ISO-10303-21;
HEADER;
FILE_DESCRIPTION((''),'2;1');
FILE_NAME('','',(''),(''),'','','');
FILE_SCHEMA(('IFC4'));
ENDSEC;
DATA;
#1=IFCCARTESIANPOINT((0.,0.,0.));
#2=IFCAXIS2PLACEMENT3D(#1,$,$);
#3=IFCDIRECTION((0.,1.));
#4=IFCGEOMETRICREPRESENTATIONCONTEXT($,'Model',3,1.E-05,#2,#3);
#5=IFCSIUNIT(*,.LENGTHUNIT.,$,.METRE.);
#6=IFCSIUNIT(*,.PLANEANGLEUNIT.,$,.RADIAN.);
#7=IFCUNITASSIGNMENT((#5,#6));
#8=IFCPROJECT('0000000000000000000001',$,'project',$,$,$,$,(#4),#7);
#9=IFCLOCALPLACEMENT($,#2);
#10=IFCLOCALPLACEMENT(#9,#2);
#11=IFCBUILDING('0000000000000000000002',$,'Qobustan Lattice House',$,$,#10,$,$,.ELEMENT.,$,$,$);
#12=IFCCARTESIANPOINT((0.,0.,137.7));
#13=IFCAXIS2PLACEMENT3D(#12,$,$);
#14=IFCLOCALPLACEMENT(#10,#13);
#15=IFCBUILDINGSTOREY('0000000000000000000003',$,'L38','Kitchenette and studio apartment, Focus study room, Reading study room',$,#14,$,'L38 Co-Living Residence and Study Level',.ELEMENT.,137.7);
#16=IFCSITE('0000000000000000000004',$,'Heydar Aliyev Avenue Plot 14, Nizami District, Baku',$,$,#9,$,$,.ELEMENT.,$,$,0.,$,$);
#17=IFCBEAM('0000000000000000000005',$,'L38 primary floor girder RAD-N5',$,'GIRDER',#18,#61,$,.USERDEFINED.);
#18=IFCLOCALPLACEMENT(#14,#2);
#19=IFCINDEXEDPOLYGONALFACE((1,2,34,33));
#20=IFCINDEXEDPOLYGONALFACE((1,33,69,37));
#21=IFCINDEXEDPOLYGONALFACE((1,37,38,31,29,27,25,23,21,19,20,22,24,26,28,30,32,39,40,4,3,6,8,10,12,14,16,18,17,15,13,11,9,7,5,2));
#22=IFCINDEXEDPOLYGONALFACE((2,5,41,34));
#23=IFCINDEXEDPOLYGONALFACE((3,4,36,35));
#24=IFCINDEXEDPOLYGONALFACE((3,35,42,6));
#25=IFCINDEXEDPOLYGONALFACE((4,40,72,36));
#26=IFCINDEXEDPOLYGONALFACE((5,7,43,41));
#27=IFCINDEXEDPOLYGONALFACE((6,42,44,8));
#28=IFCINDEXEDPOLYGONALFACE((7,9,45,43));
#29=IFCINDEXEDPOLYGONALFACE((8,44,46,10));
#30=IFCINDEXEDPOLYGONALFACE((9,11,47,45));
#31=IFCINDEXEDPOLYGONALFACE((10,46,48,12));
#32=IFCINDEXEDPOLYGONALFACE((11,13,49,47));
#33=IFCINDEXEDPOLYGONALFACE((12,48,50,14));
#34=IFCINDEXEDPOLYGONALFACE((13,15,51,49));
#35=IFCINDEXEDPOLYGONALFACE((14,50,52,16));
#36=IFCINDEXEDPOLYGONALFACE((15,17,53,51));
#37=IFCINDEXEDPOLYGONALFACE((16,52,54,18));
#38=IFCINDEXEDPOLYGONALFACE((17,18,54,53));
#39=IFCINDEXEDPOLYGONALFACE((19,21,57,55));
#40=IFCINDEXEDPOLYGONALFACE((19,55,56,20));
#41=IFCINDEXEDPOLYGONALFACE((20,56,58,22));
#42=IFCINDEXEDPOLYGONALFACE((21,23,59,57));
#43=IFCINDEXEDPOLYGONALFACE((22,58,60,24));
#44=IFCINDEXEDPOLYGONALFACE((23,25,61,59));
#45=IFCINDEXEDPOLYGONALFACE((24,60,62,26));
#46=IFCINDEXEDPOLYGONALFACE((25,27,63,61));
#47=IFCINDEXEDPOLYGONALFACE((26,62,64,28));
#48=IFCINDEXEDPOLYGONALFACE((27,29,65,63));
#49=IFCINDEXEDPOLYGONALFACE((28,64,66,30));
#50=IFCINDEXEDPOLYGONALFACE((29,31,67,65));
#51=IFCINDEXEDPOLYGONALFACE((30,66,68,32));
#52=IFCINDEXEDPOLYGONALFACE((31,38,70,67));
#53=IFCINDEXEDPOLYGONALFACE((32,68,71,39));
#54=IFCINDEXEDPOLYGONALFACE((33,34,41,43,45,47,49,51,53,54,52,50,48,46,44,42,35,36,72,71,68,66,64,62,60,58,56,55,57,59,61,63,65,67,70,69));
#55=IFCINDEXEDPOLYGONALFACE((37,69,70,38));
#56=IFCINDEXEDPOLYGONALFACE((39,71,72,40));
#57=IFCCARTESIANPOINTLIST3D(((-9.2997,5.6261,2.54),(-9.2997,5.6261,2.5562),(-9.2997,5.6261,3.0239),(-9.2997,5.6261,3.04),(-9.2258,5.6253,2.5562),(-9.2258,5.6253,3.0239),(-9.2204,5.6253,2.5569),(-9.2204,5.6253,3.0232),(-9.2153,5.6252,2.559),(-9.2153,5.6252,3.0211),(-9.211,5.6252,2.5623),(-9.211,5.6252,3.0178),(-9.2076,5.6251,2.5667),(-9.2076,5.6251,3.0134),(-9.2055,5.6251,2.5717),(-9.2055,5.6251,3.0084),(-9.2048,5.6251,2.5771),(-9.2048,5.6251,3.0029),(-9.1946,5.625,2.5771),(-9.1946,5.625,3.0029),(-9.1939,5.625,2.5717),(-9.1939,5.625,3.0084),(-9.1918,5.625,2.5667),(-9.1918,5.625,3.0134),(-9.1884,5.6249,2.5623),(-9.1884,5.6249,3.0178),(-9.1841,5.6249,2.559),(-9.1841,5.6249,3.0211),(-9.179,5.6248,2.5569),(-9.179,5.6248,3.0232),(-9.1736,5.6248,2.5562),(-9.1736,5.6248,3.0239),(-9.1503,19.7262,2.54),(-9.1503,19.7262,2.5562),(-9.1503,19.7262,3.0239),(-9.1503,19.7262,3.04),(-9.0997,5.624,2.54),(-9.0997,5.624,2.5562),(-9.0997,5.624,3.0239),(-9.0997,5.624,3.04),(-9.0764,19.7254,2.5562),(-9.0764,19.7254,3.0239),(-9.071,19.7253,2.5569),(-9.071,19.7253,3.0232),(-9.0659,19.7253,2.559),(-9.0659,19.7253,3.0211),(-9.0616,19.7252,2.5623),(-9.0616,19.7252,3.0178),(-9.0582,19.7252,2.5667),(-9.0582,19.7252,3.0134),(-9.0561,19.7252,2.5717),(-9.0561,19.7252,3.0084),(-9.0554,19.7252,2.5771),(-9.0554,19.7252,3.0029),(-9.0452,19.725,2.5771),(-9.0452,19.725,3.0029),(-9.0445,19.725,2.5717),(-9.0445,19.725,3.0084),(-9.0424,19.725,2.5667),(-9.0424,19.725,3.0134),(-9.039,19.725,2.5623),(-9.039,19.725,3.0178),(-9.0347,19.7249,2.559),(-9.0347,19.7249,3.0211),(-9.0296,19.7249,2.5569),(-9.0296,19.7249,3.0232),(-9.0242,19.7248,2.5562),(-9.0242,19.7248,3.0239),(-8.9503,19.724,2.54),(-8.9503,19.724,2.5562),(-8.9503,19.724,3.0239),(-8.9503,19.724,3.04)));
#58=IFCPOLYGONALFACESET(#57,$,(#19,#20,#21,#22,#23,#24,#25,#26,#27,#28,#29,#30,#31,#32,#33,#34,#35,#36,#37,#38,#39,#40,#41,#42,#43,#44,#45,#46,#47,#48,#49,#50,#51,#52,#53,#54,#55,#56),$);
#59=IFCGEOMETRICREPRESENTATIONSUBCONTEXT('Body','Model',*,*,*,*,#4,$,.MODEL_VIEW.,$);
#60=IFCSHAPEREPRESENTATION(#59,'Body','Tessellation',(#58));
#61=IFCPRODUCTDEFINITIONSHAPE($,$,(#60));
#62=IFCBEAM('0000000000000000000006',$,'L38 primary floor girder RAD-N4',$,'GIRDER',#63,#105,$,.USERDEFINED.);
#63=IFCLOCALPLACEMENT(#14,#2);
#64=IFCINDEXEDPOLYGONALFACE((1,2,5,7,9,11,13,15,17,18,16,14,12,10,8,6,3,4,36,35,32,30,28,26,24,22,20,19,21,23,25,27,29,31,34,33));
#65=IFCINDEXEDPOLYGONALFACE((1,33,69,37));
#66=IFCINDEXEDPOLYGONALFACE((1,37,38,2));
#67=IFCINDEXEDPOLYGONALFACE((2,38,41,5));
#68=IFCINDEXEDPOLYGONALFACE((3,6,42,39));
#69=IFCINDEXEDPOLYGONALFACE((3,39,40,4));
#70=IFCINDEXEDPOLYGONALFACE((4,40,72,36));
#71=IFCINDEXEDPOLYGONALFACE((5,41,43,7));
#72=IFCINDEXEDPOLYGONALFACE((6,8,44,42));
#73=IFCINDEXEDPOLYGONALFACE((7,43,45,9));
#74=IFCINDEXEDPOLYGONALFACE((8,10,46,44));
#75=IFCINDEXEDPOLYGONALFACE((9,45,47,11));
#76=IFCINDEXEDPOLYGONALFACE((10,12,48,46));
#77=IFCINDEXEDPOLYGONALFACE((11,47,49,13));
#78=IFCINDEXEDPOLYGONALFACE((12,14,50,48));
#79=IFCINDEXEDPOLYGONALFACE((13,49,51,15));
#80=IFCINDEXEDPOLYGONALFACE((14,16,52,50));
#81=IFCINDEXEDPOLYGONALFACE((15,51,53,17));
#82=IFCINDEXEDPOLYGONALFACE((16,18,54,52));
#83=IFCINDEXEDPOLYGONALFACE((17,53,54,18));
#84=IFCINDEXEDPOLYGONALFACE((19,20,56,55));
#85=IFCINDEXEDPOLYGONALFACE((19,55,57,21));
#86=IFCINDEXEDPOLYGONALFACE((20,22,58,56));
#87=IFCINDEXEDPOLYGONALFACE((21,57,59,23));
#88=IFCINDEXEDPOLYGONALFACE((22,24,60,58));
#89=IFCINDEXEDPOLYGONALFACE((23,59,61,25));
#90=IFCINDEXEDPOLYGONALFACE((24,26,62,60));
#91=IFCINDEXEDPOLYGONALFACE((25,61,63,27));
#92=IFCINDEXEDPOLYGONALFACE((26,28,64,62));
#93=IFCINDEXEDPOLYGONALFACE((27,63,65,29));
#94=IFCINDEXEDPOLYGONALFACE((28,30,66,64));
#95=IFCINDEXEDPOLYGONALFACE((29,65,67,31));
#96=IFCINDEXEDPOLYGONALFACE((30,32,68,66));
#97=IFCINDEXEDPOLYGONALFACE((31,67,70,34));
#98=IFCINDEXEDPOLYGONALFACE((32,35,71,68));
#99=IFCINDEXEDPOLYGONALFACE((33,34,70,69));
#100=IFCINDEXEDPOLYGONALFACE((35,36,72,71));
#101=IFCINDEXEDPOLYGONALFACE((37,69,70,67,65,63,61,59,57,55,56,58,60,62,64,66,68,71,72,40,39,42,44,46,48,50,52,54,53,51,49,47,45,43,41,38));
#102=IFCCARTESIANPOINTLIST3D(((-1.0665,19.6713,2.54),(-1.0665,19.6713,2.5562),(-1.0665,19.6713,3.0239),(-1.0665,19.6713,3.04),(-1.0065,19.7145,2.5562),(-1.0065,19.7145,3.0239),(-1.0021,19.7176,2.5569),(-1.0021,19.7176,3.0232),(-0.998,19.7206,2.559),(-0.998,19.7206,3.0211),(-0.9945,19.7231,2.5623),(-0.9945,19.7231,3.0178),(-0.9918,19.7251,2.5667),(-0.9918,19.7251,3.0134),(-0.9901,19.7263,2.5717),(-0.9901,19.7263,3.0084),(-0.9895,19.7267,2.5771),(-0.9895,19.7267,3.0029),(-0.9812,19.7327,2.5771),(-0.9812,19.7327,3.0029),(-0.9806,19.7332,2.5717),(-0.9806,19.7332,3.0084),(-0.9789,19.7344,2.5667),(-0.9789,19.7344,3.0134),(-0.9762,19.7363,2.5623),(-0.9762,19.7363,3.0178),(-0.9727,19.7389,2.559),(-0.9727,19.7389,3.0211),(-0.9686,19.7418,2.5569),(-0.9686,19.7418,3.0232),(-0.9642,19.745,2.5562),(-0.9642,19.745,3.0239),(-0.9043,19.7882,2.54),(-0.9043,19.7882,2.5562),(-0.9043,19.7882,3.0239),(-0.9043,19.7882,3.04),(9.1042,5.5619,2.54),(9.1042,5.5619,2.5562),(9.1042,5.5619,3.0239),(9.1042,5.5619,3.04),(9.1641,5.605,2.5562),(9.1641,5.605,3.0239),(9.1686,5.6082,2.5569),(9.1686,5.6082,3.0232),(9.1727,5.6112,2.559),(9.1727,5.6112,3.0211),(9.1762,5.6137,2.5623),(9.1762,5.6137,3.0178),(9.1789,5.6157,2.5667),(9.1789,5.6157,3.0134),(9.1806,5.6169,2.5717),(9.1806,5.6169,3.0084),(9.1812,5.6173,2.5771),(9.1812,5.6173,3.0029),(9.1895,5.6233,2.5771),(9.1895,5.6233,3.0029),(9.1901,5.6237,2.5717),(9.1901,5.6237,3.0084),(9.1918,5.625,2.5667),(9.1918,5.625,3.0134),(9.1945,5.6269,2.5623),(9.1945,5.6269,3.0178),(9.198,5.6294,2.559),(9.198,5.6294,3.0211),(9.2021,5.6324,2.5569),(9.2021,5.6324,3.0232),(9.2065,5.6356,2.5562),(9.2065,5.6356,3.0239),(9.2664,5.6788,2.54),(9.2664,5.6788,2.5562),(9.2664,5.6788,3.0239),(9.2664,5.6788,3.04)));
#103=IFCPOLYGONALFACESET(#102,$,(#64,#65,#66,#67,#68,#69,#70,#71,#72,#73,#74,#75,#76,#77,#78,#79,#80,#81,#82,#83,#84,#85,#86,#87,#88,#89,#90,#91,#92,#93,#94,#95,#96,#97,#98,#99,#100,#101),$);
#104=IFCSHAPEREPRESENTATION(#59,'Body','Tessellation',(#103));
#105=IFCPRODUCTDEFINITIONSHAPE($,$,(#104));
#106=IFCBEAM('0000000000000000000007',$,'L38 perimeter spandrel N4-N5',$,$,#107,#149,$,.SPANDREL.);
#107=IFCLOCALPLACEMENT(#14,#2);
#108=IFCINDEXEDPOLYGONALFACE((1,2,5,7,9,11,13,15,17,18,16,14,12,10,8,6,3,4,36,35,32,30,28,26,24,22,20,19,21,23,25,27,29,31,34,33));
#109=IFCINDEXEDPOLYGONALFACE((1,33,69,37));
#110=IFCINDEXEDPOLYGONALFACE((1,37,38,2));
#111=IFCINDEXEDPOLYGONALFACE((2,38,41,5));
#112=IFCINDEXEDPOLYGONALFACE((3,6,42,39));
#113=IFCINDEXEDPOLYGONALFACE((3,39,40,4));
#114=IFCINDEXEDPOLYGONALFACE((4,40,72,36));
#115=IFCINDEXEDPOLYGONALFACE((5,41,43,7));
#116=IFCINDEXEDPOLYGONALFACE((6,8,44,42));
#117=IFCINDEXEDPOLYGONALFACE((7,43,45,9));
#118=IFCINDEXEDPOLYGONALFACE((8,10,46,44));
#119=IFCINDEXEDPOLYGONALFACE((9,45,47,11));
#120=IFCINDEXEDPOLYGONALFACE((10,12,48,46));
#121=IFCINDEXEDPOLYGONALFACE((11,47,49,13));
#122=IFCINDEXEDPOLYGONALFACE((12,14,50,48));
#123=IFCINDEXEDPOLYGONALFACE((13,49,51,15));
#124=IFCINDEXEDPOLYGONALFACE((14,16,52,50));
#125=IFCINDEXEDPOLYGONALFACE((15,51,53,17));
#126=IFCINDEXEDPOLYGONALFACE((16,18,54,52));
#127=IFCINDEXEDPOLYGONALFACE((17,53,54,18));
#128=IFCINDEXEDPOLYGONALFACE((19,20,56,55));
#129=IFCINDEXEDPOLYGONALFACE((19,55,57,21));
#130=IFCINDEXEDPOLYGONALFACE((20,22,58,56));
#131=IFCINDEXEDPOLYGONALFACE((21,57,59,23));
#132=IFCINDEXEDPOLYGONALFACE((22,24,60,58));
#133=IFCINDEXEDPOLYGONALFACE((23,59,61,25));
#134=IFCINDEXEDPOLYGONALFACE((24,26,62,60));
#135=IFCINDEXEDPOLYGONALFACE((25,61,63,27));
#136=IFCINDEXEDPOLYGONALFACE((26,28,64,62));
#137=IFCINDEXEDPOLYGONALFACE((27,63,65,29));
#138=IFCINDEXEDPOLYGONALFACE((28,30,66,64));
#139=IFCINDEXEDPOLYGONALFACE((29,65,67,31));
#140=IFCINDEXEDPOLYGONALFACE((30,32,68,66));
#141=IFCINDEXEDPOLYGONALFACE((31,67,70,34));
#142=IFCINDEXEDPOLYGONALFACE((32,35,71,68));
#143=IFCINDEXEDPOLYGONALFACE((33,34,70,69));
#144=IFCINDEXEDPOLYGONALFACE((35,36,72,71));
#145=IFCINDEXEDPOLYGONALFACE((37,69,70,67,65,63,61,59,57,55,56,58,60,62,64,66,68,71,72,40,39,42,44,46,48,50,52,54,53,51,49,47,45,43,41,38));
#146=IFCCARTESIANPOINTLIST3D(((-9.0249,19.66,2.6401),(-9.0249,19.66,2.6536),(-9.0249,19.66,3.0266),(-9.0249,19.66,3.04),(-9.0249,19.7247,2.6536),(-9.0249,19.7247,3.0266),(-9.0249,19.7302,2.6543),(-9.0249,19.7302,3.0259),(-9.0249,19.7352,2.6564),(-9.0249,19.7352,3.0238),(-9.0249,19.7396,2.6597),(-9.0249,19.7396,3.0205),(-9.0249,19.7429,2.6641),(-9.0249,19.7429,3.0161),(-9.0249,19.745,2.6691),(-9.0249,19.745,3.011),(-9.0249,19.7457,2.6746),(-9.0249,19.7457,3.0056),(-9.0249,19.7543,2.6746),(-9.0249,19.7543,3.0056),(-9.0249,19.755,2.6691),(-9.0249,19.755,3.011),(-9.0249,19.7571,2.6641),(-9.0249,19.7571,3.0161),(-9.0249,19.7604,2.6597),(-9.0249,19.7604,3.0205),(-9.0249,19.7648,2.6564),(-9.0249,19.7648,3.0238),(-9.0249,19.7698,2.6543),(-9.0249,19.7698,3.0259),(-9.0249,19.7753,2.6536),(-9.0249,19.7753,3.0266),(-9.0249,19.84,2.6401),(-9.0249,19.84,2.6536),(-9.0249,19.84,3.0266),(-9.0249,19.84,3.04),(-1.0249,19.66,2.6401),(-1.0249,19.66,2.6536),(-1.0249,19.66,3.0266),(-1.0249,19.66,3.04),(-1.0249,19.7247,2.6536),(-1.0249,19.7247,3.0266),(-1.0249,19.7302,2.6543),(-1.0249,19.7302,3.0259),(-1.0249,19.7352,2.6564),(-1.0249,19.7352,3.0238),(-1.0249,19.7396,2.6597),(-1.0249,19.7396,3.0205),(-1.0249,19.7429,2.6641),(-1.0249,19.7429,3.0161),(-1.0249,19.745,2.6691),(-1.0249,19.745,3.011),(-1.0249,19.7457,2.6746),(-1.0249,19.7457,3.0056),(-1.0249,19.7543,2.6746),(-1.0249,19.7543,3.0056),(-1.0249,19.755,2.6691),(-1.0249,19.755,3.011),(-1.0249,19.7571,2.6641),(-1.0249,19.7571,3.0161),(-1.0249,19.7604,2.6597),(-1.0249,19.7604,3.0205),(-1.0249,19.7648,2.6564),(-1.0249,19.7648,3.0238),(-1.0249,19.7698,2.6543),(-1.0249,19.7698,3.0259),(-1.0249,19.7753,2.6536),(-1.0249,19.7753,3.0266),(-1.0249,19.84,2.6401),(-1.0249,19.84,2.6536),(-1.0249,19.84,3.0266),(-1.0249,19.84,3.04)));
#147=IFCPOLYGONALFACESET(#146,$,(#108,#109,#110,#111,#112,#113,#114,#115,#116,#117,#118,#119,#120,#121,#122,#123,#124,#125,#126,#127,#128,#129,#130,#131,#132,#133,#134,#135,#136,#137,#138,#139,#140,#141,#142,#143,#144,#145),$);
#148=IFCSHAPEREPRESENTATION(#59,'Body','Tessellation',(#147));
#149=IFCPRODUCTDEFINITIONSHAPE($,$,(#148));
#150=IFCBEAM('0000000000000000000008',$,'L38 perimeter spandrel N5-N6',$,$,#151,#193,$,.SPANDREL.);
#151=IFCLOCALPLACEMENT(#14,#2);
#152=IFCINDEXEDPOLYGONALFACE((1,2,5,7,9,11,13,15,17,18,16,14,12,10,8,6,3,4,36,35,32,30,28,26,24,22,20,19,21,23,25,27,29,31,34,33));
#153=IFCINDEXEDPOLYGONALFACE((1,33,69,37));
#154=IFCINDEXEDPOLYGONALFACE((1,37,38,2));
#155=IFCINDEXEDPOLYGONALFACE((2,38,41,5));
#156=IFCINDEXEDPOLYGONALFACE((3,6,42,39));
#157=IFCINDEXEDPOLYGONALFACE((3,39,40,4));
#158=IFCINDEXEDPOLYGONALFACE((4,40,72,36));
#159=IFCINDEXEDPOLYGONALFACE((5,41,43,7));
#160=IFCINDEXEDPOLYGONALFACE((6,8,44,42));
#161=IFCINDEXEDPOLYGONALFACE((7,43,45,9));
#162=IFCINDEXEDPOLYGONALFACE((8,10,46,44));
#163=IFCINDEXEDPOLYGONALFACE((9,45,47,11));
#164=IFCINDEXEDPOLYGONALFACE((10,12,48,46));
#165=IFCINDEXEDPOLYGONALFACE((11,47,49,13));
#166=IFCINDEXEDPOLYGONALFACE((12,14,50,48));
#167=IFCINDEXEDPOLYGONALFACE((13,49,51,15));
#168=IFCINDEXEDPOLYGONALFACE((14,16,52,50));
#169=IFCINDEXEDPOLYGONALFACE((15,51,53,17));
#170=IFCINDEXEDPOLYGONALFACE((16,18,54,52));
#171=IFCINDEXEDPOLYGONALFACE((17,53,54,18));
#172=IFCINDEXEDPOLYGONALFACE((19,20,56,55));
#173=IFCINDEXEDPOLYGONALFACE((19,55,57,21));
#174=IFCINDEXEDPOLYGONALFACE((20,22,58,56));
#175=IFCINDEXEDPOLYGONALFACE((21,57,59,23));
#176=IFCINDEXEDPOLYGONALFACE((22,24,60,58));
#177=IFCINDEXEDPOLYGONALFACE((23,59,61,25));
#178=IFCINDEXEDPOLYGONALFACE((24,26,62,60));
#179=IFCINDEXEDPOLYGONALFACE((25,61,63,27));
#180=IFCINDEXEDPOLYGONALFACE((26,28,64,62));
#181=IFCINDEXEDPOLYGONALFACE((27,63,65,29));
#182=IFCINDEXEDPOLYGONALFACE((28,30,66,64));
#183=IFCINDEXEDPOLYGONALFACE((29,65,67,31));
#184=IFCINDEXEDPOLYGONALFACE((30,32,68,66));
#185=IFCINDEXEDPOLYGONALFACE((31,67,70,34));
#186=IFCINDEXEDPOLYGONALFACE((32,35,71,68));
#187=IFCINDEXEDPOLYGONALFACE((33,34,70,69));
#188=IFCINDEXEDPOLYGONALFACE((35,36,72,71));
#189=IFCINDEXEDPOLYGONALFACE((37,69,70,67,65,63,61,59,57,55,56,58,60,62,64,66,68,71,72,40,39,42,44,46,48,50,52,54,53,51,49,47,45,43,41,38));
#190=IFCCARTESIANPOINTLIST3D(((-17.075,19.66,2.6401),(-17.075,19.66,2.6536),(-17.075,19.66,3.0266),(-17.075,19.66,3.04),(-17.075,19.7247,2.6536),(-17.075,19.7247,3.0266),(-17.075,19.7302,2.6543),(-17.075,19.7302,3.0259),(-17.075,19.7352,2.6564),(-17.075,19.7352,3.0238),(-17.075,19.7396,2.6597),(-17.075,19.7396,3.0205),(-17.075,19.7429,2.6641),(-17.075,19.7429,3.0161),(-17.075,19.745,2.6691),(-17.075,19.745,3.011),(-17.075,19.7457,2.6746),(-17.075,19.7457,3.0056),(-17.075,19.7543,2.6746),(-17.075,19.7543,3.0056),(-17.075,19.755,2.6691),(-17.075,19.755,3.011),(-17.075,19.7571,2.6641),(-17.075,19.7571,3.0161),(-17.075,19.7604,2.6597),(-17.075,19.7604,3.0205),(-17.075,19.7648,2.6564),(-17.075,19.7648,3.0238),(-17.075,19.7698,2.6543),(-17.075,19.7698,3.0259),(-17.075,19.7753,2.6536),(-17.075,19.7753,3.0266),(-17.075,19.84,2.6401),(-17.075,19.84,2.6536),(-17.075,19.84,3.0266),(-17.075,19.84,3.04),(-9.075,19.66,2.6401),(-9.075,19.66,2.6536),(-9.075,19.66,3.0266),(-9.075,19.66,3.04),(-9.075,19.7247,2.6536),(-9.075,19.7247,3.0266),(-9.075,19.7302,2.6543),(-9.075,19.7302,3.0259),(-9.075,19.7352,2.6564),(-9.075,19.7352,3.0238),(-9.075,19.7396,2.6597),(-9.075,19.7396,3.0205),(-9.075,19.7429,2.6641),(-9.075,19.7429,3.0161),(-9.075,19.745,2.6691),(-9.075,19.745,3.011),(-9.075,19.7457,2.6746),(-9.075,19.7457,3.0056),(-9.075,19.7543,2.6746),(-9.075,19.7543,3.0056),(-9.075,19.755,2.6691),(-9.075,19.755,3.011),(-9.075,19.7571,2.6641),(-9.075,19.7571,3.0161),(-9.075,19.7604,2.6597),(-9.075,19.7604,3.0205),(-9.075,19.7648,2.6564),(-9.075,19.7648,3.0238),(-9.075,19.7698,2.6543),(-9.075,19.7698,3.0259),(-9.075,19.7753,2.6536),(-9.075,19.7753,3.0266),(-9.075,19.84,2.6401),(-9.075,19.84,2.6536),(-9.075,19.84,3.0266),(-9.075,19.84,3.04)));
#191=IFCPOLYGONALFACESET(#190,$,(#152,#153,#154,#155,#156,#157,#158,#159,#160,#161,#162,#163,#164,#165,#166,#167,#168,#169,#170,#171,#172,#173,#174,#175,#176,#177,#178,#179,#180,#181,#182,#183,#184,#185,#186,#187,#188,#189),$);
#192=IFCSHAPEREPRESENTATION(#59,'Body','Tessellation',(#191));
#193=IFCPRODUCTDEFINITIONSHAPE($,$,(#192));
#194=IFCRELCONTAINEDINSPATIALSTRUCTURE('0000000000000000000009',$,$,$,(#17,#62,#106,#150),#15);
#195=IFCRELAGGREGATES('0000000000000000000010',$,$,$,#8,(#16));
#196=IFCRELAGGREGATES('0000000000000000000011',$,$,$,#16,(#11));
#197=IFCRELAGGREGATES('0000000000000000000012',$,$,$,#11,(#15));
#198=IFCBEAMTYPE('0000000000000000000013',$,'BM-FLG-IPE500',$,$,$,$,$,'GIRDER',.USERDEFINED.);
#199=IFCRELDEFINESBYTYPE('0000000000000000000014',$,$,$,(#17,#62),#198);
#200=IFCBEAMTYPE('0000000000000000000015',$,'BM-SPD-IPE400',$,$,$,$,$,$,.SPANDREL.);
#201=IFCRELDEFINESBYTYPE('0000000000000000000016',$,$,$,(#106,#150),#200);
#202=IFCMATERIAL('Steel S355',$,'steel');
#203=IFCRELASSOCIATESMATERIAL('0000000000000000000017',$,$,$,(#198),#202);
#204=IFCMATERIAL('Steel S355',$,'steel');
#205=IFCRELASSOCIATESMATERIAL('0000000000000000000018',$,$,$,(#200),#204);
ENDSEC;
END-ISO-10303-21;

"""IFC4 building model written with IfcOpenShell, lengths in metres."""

from ifc_helpers import new_model, si_unit, direction, frame, origin, origin_2d, place, context, subcontext, project, spatial, i_section, extrude, material, material_profile, profile_set, type_object, element, save


model = new_model("IFC4")

# Units and contexts
model_context = context("Model", 3, precision=1e-05, world=origin(), true_north=direction((0.0, 1.0)))
body_context = subcontext(model_context, "Body", "Model", "MODEL_VIEW")
ifc_project = project(units=[si_unit("LENGTHUNIT", "METRE"), si_unit("PLANEANGLEUNIT", "RADIAN")], contexts=[model_context])

# Site, building, storey
site_placement = place(None, origin())
site = spatial("IfcSite", under=ifc_project, at=site_placement, Name="Heydar Aliyev Avenue Plot 14, Nizami District, Baku", CompositionType="ELEMENT", RefElevation=0.0)
building_placement = place(site_placement, origin())
building = spatial("IfcBuilding", under=site, at=building_placement, Name="Qobustan Lattice House", CompositionType="ELEMENT")
storey_placement = place(building_placement, frame((0.0, 0.0, 137.7)))
storey = spatial("IfcBuildingStorey", under=building, at=storey_placement, Name="L38", Description="Kitchenette and studio apartment, Focus study room, Reading study room", LongName="L38 Co-Living Residence and Study Level", CompositionType="ELEMENT", Elevation=137.7)

# Beams
ifc_material_1 = material(Name="Steel S355", Category="steel")
ifc_material_profile_1 = material_profile(ifc_material_1, i_section(OverallWidth=0.2, OverallDepth=0.5, WebThickness=0.0103, FlangeThickness=0.0161, FilletRadius=0.021, at=origin_2d()), Name="IPE500")
ifc_profile_set_1 = profile_set([ifc_material_profile_1], Name="Steel S355")
beam_type_1 = type_object("IfcBeamType", Name="BM-FLG-IPE500", ElementType="GIRDER", PredefinedType="USERDEFINED", material=ifc_profile_set_1)
beam_1_placement = place(storey_placement, frame((-9.0503, 19.7251, 2.79), z_axis=(-0.010596, -0.999944, 0.0), x_axis=(0.999944, -0.010596, 0.0)))
element("IfcBeam", 1, at=beam_1_placement, inside=storey, type_object=beam_type_1, Name="L38 primary floor girder RAD-N5", ObjectType="GIRDER", PredefinedType="USERDEFINED", context=body_context, shape_type="SweptSolid", body=[
    extrude(i_section(OverallWidth=0.2, OverallDepth=0.5, WebThickness=0.0103, FlangeThickness=0.0161, FilletRadius=0.021, at=origin_2d()), origin(), (0.0, 0.0, 1.0), 14.1008),
])
beam_2_placement = place(storey_placement, frame((-0.9854, 19.7297, 2.79), z_axis=(0.584755, -0.81121, 0.0), x_axis=(0.81121, 0.584755, 0.0)))
element("IfcBeam", 2, at=beam_2_placement, inside=storey, type_object=beam_type_1, Name="L38 primary floor girder RAD-N4", ObjectType="GIRDER", PredefinedType="USERDEFINED", context=body_context, shape_type="SweptSolid", body=[
    extrude(i_section(OverallWidth=0.2, OverallDepth=0.5, WebThickness=0.0103, FlangeThickness=0.0161, FilletRadius=0.021, at=origin_2d()), origin(), (0.0, 0.0, 1.0), 17.3931),
])
ifc_material_2 = material(Name="Steel S355", Category="steel")
ifc_material_profile_2 = material_profile(ifc_material_2, i_section(OverallWidth=0.1799, OverallDepth=0.3999, WebThickness=0.0085, FlangeThickness=0.0134, FilletRadius=0.021, at=origin_2d()), Name="IPE400")
ifc_profile_set_2 = profile_set([ifc_material_profile_2], Name="Steel S355")
beam_type_2 = type_object("IfcBeamType", Name="BM-SPD-IPE400", PredefinedType="SPANDREL", material=ifc_profile_set_2)
for number, where, z_axis, x_axis, name in (
    (3, (-1.0249, 19.75, 2.8401), (-1.0, 0.0, 0.0), (0.0, -1.0, 0.0), "L38 perimeter spandrel N4-N5"),
    (4, (-9.075, 19.75, 2.8401), (-1.0, 0.0, 0.0), (0.0, -1.0, 0.0), "L38 perimeter spandrel N5-N6"),
):
    element("IfcBeam", number, at=place(storey_placement, frame(where, z_axis=z_axis, x_axis=x_axis)), inside=storey, type_object=beam_type_2, Name=name, PredefinedType="SPANDREL", context=body_context, shape_type="SweptSolid", body=[
        extrude(i_section(OverallWidth=0.1799, OverallDepth=0.3999, WebThickness=0.0085, FlangeThickness=0.0134, FilletRadius=0.021, at=origin_2d()), origin(), (0.0, 0.0, 1.0), 8.0),
    ])

save(model, "model.ifc")
